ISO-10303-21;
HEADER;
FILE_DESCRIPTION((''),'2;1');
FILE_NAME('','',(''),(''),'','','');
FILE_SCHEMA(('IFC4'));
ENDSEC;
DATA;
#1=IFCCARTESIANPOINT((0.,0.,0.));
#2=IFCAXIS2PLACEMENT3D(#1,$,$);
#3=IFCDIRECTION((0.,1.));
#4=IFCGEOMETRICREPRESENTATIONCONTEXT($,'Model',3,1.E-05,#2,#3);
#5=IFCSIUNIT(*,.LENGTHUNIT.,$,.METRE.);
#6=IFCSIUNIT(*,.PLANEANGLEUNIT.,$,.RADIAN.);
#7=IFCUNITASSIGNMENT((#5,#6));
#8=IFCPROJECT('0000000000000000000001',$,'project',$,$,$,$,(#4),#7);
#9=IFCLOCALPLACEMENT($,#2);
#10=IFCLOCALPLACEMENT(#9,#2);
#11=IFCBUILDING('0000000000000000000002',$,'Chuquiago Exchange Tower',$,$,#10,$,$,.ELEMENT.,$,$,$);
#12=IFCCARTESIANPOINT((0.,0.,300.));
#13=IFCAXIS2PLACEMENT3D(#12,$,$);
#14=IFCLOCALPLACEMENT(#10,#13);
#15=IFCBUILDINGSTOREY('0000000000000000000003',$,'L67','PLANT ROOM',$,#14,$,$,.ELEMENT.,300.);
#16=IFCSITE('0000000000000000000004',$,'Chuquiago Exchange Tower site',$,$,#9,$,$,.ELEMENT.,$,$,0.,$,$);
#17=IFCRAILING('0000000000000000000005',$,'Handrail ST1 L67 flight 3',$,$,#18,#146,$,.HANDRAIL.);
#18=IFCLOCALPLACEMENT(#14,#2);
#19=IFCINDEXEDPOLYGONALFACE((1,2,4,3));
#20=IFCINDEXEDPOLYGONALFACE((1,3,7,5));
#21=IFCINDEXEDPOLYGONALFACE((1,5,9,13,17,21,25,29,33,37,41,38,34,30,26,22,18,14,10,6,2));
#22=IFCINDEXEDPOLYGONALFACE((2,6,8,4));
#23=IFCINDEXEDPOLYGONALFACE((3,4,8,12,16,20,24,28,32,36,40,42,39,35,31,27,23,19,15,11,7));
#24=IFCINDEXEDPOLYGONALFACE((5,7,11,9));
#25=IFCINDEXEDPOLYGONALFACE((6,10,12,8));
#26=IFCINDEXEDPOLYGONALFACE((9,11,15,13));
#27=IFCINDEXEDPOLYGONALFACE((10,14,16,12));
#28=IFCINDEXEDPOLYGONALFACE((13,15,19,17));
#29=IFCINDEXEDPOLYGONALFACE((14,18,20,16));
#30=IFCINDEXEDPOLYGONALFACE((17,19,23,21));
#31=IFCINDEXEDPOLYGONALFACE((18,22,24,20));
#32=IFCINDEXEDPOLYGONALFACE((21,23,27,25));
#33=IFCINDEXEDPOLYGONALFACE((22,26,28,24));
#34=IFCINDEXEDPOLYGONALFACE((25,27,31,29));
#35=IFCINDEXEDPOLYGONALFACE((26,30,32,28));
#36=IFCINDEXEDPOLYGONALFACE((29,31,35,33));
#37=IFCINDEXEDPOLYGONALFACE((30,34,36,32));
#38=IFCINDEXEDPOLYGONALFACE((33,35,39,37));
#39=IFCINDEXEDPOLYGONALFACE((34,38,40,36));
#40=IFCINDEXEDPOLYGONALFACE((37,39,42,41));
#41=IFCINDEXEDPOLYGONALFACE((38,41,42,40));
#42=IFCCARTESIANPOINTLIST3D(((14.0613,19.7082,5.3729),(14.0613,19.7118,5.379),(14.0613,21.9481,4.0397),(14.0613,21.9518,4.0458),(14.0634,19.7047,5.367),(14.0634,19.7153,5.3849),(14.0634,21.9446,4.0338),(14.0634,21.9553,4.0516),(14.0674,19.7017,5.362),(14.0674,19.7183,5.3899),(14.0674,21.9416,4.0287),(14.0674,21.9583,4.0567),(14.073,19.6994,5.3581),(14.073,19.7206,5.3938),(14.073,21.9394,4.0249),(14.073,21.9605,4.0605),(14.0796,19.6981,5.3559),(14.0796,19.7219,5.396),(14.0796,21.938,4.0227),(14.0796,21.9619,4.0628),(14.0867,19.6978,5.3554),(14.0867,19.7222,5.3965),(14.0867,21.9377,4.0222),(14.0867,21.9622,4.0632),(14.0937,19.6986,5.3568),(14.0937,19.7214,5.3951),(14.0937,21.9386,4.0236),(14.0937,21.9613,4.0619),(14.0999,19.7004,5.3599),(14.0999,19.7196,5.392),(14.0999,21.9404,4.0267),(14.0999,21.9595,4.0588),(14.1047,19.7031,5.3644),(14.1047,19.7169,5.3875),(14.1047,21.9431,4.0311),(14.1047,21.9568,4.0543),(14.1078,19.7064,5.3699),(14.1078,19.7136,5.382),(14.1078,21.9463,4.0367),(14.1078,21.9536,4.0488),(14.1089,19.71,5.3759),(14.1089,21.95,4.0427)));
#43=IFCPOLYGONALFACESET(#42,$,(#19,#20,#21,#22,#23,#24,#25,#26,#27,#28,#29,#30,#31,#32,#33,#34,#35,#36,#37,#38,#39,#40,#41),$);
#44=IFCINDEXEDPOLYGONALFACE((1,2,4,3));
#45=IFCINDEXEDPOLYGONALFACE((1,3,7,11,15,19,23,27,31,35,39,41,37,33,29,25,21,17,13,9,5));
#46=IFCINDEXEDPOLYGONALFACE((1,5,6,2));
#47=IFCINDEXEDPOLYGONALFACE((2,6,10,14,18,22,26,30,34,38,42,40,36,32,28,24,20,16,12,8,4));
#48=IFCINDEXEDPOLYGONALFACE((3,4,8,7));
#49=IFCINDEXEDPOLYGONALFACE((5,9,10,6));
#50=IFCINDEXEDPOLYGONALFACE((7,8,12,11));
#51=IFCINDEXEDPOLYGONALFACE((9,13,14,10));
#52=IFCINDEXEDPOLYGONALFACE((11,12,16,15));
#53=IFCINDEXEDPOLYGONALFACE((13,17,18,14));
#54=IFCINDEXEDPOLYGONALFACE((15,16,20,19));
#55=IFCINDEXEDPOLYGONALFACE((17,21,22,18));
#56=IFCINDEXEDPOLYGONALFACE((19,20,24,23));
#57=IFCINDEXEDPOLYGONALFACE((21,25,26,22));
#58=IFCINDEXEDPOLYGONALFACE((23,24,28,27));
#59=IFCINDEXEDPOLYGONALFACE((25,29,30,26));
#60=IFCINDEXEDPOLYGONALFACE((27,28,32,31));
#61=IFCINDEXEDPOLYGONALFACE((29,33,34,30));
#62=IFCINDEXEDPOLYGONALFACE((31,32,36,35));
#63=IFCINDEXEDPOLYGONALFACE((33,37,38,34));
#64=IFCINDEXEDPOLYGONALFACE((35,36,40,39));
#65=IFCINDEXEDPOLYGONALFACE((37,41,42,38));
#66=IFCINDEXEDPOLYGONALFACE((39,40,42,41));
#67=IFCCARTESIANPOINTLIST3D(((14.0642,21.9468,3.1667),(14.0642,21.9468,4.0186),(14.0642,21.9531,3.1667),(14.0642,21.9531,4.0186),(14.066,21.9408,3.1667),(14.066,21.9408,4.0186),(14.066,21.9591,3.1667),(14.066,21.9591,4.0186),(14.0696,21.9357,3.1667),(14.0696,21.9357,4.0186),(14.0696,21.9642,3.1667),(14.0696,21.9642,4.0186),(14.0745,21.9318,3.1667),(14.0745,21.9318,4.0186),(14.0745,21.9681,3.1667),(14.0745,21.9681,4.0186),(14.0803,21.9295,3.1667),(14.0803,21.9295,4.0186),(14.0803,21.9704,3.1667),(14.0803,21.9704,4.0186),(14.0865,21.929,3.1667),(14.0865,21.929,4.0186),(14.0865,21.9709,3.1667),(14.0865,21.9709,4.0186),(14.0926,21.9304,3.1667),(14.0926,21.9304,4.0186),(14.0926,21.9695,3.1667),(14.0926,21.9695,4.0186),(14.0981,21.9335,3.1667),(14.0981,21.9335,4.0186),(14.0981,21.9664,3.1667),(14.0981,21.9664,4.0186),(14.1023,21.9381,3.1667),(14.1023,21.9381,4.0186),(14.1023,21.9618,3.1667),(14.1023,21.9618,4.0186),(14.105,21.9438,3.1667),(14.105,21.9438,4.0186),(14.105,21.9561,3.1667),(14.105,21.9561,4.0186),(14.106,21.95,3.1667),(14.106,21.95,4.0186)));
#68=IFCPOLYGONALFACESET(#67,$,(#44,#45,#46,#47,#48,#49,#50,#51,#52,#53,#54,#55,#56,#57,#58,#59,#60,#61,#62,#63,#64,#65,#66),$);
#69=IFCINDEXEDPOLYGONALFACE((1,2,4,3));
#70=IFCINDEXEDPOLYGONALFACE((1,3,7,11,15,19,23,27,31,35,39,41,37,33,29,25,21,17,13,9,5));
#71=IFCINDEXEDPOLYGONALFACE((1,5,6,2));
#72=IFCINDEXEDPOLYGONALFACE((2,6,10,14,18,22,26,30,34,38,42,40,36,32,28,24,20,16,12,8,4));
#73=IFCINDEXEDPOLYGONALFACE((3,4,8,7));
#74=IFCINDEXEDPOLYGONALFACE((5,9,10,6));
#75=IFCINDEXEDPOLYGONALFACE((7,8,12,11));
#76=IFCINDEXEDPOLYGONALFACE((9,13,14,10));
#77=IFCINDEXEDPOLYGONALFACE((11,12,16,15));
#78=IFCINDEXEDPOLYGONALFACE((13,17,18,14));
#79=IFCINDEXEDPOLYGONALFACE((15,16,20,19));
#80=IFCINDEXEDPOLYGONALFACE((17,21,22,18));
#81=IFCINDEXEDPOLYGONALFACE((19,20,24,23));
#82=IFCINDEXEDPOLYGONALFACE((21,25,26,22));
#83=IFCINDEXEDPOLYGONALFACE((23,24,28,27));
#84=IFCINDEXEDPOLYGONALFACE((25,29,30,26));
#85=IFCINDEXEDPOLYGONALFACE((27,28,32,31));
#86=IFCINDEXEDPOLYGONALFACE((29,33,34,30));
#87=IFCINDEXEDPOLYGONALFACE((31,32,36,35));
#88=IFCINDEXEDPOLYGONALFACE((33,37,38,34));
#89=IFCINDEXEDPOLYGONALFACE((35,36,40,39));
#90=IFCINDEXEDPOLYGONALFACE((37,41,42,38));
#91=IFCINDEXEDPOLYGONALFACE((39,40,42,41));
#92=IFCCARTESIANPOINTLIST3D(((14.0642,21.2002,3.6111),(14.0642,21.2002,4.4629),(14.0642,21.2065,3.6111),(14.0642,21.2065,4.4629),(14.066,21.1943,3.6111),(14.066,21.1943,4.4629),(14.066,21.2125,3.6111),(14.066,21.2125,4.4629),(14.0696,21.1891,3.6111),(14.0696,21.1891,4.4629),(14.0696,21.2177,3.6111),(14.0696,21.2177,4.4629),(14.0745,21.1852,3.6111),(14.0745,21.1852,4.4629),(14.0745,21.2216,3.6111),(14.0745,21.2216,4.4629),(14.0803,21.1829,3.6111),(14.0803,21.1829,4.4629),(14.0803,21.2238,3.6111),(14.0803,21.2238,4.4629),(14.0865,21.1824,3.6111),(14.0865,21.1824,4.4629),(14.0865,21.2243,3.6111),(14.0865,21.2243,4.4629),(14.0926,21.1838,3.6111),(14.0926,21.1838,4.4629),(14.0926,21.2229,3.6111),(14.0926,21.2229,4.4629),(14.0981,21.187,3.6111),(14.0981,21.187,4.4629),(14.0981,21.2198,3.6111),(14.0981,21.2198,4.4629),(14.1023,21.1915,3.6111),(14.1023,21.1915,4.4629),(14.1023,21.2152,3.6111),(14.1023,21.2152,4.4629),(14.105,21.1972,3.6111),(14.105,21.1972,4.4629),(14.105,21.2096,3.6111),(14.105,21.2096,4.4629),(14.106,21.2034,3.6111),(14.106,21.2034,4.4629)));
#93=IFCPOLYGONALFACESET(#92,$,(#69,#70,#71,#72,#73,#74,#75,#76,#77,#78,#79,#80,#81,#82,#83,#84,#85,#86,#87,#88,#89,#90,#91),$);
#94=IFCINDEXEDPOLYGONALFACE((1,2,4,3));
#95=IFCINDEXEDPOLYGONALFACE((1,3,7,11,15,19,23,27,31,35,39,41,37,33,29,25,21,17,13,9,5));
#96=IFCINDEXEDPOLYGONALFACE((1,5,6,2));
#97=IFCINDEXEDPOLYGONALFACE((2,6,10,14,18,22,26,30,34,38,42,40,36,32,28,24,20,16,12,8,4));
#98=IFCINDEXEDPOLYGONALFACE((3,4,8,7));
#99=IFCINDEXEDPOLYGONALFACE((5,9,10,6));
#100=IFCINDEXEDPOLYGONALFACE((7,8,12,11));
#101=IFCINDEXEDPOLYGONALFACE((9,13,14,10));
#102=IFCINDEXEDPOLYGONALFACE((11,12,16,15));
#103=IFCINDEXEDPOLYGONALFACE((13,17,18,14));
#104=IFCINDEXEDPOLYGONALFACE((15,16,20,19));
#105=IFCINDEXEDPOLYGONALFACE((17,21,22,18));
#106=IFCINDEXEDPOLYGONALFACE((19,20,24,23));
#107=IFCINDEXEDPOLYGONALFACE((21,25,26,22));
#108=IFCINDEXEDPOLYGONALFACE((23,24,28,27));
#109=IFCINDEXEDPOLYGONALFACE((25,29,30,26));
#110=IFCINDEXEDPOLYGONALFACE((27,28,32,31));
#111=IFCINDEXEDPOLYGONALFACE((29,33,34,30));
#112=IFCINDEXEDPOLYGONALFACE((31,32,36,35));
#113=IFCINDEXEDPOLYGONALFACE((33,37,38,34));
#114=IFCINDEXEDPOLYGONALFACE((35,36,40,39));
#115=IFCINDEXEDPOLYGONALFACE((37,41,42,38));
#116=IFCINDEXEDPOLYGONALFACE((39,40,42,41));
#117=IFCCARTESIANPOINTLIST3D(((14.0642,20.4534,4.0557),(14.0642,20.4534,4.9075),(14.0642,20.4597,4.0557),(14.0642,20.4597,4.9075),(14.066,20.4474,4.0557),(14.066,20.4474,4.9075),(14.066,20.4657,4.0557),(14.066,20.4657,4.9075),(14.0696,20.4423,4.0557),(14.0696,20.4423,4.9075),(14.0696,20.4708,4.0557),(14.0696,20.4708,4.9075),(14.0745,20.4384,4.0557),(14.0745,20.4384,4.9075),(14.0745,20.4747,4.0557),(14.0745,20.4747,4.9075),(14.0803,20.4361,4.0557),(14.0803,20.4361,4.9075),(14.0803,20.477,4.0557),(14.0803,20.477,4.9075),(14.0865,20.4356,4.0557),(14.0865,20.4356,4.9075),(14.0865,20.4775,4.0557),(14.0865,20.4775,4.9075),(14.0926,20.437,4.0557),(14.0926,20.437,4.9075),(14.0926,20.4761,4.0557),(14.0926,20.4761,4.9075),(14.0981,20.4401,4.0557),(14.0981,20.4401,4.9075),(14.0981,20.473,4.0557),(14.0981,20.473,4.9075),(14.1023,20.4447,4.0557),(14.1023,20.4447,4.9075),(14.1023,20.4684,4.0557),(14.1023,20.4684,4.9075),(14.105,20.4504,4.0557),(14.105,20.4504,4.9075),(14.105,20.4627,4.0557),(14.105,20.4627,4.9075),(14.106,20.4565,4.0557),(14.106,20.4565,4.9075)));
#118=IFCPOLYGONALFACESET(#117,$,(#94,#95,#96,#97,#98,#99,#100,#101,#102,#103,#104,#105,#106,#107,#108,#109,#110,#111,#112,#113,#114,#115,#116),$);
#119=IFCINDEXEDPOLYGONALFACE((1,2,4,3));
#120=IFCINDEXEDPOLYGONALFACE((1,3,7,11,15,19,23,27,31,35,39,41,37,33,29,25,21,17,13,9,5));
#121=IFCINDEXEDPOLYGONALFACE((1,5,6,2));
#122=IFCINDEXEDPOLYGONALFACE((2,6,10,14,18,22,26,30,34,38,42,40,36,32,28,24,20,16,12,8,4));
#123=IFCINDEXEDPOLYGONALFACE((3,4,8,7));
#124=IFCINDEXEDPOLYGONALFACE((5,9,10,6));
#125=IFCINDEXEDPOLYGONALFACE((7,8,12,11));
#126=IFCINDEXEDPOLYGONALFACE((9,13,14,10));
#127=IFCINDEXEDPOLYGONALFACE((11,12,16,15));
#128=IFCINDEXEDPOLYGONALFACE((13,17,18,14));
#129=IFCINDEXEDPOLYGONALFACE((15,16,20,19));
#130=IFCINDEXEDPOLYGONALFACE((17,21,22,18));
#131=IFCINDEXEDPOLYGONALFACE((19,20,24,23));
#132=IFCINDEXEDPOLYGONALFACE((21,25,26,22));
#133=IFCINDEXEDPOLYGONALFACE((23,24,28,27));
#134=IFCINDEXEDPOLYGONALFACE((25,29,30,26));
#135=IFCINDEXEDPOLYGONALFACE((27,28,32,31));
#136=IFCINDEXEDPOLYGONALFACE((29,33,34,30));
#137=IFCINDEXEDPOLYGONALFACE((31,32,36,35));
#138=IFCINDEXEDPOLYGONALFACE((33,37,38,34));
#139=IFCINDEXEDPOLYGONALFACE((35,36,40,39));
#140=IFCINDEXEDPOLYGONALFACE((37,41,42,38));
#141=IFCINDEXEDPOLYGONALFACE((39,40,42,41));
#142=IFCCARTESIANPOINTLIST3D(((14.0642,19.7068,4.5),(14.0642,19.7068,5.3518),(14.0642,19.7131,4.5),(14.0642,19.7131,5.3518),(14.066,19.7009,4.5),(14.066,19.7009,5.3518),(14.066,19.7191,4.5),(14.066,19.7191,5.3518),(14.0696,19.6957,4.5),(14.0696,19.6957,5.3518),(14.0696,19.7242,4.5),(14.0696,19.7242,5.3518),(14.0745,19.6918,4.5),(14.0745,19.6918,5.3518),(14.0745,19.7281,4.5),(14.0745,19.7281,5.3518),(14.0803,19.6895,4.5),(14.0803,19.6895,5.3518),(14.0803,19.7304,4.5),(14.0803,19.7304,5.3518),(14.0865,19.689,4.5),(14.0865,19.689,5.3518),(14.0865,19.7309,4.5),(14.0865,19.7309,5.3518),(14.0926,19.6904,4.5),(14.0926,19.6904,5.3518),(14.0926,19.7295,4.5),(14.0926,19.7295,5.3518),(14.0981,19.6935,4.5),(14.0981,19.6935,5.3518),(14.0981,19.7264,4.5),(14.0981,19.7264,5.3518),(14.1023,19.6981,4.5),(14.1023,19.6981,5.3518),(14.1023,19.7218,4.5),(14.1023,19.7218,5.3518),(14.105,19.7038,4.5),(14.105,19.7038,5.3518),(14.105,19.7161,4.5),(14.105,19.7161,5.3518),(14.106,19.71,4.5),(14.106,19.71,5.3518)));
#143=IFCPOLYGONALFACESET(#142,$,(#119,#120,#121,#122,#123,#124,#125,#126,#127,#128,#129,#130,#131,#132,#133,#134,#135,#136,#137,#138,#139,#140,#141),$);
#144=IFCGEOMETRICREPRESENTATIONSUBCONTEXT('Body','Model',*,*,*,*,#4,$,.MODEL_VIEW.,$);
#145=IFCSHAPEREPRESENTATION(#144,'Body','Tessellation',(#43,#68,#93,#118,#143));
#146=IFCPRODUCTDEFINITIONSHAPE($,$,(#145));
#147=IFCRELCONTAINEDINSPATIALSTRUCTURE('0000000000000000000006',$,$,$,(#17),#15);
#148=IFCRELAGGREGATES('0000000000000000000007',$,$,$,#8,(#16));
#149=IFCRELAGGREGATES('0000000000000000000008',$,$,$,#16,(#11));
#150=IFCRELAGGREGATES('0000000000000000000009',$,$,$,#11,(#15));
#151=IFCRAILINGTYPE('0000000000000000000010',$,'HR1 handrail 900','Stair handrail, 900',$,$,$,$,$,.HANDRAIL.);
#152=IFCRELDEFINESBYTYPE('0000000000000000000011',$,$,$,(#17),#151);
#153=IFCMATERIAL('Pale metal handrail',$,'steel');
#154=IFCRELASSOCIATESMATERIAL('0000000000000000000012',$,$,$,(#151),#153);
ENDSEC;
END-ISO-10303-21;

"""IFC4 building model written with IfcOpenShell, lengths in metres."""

from ifc_helpers import new_model, si_unit, direction, frame, origin, origin_2d, place, context, subcontext, project, spatial, circle, extrude, material, type_object, element, save


model = new_model("IFC4")

# Units and contexts
model_context = context("Model", 3, precision=1e-05, world=origin(), true_north=direction((0.0, 1.0)))
body_context = subcontext(model_context, "Body", "Model", "MODEL_VIEW")
ifc_project = project(units=[si_unit("LENGTHUNIT", "METRE"), si_unit("PLANEANGLEUNIT", "RADIAN")], contexts=[model_context])

# Site, building, storey
site_placement = place(None, origin())
site = spatial("IfcSite", under=ifc_project, at=site_placement, Name="Chuquiago Exchange Tower site", CompositionType="ELEMENT", RefElevation=0.0)
building_placement = place(site_placement, origin())
building = spatial("IfcBuilding", under=site, at=building_placement, Name="Chuquiago Exchange Tower", CompositionType="ELEMENT")
storey_placement = place(building_placement, frame((0.0, 0.0, 300.0)))
storey = spatial("IfcBuildingStorey", under=building, at=storey_placement, Name="L67", Description="PLANT ROOM", CompositionType="ELEMENT", Elevation=300.0)

# Railing
ifc_material_1 = material(Name="Pale metal handrail", Category="steel")
railing_type = type_object("IfcRailingType", Name="HR1 handrail 900", Description="Stair handrail, 900", PredefinedType="HANDRAIL", material=ifc_material_1)
for number, where, name in (
    (1, (14.085, 21.95, 3.1667), "Handrail ST1 L67 flight 3"),
):
    element("IfcRailing", number, at=place(storey_placement, frame(where)), inside=storey, type_object=railing_type, Name=name, PredefinedType="HANDRAIL", context=body_context, shape_type="SweptSolid", body=[
        extrude(circle(Radius=0.0239, at=origin_2d()), frame((0.0, 0.0, 0.876), z_axis=(0.0, -0.859306, 0.511462), x_axis=(1.0, 0.0, 0.0)), (0.0, 0.0, 1.0), 2.6067),
        extrude(circle(Radius=0.021, at=origin_2d()), origin(), (0.0, 0.0, 1.0), 0.8518),
        extrude(circle(Radius=0.021, at=origin_2d()), frame((0.0, -0.7466, 0.4443)), (0.0, 0.0, 1.0), 0.8518),
        extrude(circle(Radius=0.021, at=origin_2d()), frame((0.0, -1.4934, 0.8889)), (0.0, 0.0, 1.0), 0.8518),
        extrude(circle(Radius=0.021, at=origin_2d()), frame((0.0, -2.24, 1.3333)), (0.0, 0.0, 1.0), 0.8518),
    ])

save(model, "model.ifc")
